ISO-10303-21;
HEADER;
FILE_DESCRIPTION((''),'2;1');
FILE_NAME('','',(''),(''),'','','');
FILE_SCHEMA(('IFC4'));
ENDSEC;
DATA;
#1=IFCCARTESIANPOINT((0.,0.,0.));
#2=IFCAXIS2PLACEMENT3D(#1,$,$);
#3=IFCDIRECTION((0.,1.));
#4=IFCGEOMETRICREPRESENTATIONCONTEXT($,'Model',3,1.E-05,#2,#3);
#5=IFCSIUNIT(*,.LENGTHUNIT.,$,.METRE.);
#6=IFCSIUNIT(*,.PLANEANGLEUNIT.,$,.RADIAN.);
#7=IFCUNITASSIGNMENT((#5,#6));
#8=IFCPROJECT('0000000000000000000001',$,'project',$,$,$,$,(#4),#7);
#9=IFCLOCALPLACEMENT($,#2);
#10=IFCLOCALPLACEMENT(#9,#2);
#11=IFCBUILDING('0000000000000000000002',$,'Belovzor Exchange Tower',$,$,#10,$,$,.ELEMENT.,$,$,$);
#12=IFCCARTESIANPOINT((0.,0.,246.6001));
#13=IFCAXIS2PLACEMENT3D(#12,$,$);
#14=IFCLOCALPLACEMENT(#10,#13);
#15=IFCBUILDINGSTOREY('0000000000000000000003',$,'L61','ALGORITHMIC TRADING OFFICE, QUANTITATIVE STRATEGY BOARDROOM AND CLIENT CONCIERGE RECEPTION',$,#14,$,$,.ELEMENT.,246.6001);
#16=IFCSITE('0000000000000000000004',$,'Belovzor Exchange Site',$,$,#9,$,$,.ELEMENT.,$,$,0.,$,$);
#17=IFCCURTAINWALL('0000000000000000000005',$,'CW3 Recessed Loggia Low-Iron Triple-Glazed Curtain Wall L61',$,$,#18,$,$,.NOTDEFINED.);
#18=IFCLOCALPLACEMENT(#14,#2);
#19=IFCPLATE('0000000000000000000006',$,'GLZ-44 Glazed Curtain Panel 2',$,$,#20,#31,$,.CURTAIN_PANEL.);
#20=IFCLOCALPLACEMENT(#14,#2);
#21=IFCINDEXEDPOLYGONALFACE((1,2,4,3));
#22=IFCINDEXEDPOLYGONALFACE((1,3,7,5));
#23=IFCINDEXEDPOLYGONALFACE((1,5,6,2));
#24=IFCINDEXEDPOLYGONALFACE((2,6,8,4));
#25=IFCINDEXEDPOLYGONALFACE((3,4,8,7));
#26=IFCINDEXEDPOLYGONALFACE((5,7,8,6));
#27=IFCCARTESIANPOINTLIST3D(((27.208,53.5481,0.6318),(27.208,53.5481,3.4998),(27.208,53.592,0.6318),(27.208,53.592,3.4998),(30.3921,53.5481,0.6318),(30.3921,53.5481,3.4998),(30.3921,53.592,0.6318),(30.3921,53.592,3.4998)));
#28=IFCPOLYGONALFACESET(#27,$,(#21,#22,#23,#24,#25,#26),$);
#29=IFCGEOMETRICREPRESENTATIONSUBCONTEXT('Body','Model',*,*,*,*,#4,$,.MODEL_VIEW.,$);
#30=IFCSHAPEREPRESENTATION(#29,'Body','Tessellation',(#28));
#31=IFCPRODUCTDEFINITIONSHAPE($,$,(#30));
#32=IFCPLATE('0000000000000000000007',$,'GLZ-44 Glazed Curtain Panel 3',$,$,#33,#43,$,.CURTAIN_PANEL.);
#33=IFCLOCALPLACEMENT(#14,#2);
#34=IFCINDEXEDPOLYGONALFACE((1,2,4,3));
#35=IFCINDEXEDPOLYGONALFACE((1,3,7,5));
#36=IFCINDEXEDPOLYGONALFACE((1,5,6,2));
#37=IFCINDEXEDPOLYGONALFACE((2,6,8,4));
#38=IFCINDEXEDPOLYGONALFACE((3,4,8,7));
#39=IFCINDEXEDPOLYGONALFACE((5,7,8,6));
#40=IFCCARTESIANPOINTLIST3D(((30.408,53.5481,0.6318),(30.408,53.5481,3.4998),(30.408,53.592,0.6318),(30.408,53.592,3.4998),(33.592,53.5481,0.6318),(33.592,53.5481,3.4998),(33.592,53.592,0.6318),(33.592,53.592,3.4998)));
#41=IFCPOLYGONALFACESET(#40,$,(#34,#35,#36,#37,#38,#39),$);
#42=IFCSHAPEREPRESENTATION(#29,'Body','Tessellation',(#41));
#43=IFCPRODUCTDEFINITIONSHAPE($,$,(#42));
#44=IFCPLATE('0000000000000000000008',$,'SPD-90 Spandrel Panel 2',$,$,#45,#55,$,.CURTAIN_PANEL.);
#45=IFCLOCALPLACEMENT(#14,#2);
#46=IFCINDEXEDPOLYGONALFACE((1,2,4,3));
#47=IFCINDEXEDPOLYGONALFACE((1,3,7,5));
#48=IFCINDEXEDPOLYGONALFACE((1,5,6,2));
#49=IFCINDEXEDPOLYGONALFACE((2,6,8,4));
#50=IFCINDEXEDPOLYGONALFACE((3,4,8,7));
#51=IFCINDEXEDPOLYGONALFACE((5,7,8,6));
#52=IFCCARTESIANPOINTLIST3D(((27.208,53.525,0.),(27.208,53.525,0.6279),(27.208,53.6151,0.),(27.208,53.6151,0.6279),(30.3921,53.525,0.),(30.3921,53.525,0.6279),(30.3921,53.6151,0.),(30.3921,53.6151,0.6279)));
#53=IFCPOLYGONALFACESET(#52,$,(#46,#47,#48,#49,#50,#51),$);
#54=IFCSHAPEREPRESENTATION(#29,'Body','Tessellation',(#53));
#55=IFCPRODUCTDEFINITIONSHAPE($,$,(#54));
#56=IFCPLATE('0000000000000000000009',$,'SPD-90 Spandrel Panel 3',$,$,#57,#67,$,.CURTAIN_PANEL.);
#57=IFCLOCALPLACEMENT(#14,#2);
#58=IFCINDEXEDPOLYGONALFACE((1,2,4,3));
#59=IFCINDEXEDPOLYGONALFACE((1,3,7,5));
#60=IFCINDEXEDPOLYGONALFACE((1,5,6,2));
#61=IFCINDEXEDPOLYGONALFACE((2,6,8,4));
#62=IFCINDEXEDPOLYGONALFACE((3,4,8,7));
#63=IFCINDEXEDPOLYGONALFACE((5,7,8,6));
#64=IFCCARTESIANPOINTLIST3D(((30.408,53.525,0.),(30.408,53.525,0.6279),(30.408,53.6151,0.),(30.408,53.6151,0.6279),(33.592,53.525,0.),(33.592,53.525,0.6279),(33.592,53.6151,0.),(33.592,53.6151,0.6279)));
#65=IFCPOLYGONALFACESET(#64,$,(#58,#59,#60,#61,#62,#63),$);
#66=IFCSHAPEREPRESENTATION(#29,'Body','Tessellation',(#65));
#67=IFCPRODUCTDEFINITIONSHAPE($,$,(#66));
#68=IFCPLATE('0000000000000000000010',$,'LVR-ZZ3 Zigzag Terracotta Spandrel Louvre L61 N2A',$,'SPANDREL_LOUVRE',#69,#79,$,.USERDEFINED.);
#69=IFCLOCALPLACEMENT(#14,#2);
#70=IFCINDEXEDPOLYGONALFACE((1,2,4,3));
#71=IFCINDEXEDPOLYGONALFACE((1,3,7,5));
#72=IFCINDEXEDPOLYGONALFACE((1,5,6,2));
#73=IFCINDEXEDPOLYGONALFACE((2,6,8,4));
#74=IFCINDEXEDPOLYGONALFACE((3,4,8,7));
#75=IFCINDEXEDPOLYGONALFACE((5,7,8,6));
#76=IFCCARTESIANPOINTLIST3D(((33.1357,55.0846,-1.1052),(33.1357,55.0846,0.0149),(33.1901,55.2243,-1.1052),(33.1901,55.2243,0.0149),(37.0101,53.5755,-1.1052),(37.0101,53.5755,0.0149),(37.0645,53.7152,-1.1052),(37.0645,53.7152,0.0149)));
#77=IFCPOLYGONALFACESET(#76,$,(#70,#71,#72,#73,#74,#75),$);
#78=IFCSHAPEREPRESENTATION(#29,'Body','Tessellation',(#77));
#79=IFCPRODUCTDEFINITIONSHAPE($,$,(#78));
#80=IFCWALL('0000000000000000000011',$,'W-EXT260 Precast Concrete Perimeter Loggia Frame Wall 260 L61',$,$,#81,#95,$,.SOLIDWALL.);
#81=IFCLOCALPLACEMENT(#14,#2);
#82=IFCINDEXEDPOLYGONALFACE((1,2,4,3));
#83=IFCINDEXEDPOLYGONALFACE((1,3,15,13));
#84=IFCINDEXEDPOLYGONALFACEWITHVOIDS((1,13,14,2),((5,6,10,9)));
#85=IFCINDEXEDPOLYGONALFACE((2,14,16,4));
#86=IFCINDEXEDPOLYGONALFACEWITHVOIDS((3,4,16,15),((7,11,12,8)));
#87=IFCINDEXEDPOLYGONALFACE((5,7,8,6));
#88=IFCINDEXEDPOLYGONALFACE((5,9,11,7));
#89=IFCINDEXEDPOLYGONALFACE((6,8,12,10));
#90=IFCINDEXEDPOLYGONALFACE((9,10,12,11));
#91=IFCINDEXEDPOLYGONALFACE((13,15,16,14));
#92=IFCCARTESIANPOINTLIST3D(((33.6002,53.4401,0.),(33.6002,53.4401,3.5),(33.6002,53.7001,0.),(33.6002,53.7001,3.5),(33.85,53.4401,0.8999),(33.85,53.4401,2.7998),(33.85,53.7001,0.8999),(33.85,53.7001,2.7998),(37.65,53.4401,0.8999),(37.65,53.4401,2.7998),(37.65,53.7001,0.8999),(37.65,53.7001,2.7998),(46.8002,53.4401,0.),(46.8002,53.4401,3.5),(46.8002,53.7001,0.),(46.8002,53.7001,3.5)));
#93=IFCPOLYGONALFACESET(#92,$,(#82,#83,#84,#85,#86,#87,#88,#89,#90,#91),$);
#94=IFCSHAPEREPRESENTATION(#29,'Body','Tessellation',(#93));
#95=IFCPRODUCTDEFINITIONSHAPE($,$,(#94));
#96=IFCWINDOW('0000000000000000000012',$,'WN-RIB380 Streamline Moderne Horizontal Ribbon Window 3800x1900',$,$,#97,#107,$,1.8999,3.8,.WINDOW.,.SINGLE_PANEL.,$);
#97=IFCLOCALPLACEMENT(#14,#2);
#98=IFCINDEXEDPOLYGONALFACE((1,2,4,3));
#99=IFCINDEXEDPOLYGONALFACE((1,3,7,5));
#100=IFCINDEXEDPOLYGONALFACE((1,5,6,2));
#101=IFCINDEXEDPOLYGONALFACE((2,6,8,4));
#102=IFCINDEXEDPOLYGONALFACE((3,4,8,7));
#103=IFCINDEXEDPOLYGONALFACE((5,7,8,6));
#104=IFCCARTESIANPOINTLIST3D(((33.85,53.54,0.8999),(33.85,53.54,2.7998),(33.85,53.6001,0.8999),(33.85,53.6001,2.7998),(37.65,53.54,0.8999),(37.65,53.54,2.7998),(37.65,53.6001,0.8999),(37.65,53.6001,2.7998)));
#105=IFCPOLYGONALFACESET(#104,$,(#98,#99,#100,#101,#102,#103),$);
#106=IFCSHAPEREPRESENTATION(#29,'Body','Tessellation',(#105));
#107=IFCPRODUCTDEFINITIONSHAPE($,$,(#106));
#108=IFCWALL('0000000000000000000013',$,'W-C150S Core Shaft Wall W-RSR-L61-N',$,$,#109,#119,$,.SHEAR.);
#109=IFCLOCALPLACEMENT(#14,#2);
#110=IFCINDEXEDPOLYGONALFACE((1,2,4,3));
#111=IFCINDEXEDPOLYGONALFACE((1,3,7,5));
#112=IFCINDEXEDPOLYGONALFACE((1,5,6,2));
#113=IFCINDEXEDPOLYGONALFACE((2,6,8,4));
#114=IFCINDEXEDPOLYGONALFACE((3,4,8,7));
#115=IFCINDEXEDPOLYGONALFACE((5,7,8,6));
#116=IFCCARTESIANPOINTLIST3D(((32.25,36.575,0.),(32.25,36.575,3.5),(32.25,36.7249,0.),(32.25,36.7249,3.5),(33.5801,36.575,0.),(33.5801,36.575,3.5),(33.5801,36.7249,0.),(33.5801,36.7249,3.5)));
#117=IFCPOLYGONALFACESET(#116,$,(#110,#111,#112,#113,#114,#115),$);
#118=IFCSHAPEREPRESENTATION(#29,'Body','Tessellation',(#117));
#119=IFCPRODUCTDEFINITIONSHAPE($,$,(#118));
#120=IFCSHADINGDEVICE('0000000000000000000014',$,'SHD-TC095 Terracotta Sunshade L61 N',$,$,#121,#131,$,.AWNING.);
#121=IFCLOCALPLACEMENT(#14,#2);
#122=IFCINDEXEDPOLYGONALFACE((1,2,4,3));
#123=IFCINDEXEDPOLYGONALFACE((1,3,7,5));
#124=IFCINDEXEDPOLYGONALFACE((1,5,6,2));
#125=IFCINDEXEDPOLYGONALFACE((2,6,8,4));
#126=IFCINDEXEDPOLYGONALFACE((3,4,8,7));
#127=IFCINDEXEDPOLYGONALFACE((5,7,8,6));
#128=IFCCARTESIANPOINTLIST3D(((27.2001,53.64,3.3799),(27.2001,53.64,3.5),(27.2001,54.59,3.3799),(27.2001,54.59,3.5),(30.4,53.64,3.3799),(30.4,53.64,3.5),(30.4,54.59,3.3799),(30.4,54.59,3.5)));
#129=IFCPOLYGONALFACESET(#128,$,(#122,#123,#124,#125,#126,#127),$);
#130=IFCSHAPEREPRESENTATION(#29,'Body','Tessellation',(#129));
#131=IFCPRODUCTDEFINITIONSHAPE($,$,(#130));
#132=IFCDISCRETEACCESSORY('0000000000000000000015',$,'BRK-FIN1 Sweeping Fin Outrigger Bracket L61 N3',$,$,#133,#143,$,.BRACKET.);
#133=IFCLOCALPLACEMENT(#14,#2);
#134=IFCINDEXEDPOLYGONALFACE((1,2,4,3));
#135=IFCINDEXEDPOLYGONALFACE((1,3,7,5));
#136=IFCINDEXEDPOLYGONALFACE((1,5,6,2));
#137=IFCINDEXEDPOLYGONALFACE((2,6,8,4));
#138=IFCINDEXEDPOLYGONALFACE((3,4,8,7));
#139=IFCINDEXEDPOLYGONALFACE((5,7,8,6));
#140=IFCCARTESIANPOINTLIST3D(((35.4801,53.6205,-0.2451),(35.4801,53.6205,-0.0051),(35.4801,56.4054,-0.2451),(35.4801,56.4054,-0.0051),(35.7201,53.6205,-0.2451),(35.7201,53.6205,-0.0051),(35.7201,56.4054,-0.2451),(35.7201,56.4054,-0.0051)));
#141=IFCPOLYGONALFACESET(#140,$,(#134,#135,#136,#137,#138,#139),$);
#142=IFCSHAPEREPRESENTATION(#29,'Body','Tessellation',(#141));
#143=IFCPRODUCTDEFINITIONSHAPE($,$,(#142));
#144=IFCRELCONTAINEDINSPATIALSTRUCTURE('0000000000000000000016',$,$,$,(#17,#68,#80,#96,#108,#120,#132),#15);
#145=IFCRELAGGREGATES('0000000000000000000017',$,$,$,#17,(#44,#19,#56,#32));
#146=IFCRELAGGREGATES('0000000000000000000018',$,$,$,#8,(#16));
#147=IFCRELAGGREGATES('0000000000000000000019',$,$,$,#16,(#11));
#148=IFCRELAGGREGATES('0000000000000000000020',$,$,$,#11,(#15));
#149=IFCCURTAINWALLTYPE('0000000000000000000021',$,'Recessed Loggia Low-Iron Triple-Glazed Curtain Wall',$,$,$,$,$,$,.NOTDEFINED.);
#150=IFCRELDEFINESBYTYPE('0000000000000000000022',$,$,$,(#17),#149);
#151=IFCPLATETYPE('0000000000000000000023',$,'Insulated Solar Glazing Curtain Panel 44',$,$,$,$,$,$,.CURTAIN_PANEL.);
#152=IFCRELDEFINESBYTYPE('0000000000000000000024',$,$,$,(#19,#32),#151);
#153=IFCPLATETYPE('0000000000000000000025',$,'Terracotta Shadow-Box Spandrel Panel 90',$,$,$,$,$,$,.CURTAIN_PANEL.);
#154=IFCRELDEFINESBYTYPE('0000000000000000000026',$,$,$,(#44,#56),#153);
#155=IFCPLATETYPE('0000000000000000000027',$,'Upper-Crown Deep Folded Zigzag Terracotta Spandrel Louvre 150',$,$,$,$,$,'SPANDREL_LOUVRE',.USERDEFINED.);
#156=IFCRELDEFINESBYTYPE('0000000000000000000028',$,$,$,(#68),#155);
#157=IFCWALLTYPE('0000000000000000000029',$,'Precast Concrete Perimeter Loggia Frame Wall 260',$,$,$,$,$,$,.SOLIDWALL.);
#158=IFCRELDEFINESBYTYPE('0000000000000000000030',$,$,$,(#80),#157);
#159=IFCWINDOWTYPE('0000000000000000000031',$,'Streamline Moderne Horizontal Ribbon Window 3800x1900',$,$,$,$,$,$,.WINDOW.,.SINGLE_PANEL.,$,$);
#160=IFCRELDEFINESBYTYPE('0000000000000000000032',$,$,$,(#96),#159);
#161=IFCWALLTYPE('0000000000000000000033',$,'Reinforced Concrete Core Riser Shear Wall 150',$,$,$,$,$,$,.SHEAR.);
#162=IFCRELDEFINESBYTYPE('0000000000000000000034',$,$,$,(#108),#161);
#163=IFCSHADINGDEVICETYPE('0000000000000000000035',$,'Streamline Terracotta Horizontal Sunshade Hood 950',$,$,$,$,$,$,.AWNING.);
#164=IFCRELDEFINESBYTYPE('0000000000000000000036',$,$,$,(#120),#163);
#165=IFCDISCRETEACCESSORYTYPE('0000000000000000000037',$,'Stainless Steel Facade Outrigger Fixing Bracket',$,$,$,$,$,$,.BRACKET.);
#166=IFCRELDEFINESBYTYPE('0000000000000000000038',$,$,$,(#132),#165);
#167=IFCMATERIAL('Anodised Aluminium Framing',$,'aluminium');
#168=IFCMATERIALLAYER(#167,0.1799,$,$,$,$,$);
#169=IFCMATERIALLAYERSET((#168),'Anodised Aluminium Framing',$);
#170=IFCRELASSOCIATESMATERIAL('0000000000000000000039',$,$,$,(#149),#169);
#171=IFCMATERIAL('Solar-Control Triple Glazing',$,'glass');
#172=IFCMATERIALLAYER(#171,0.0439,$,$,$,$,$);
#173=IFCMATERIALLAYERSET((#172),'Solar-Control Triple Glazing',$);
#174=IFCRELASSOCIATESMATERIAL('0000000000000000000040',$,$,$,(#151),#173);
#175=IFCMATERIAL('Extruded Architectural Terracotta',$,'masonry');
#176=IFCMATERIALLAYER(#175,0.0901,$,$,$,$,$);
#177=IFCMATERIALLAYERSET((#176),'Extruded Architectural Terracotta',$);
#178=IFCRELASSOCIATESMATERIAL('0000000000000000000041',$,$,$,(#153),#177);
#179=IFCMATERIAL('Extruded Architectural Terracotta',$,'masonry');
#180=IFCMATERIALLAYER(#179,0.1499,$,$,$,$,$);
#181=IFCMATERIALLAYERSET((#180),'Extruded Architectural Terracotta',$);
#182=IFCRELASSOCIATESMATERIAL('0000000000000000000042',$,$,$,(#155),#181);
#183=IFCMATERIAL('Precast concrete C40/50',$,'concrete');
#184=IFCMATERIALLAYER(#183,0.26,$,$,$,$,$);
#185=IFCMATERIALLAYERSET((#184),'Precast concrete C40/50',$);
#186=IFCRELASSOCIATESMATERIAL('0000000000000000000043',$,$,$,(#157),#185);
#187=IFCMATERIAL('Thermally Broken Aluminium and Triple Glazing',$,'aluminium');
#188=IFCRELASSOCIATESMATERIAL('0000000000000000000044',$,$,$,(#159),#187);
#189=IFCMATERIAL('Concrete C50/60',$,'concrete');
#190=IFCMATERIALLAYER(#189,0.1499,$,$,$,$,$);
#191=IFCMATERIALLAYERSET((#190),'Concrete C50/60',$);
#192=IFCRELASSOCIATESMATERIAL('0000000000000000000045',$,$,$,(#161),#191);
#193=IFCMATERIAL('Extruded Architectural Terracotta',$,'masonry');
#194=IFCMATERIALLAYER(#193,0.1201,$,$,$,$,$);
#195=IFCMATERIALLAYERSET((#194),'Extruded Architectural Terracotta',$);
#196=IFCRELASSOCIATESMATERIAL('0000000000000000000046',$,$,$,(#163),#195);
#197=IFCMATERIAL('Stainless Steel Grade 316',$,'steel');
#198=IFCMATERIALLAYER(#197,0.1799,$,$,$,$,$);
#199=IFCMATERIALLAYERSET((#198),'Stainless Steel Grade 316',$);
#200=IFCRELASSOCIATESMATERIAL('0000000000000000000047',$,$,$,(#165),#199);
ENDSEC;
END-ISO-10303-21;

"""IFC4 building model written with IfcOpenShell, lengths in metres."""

from ifc_helpers import new_model, si_unit, direction, frame, frame_2d, origin, origin_2d, place, context, subcontext, project, spatial, rectangle, extrude, material, layer, layer_set, type_object, element, fill, aggregate, save


model = new_model("IFC4")

# Units and contexts
model_context = context("Model", 3, precision=1e-05, world=origin(), true_north=direction((0.0, 1.0)))
body_context = subcontext(model_context, "Body", "Model", "MODEL_VIEW")
ifc_project = project(units=[si_unit("LENGTHUNIT", "METRE"), si_unit("PLANEANGLEUNIT", "RADIAN")], contexts=[model_context])

# Site, building, storey
site_placement = place(None, origin())
site = spatial("IfcSite", under=ifc_project, at=site_placement, Name="Belovzor Exchange Site", CompositionType="ELEMENT", RefElevation=0.0)
building_placement = place(site_placement, origin())
building = spatial("IfcBuilding", under=site, at=building_placement, Name="Belovzor Exchange Tower", CompositionType="ELEMENT")
storey_placement = place(building_placement, frame((0.0, 0.0, 246.6001)))
storey = spatial("IfcBuildingStorey", under=building, at=storey_placement, Name="L61", Description="ALGORITHMIC TRADING OFFICE, QUANTITATIVE STRATEGY BOARDROOM AND CLIENT CONCIERGE RECEPTION", CompositionType="ELEMENT", Elevation=246.6001)

# Curtain wall
ifc_material_1 = material(Name="Anodised Aluminium Framing", Category="aluminium")
ifc_layer_1 = layer(ifc_material_1, 0.1799)
ifc_layer_set_1 = layer_set([ifc_layer_1], Name="Anodised Aluminium Framing")
curtain_wall_type = type_object("IfcCurtainWallType", Name="Recessed Loggia Low-Iron Triple-Glazed Curtain Wall", PredefinedType="NOTDEFINED", material=ifc_layer_set_1)
curtain_wall_placement = place(storey_placement, origin())
curtain_wall = element("IfcCurtainWall", 1, at=curtain_wall_placement, inside=storey, type_object=curtain_wall_type, Name="CW3 Recessed Loggia Low-Iron Triple-Glazed Curtain Wall L61", PredefinedType="NOTDEFINED")

# Plates
ifc_material_2 = material(Name="Solar-Control Triple Glazing", Category="glass")
ifc_layer_2 = layer(ifc_material_2, 0.0439)
ifc_layer_set_2 = layer_set([ifc_layer_2], Name="Solar-Control Triple Glazing")
plate_type_1 = type_object("IfcPlateType", Name="Insulated Solar Glazing Curtain Panel 44", PredefinedType="CURTAIN_PANEL", material=ifc_layer_set_2)
plate_1_placement = place(storey_placement, frame((28.8, 53.5701, 0.6318), z_axis=(0.0, 0.0, 1.0), x_axis=(1.0, 0.0, 0.0)))
plate_1 = element("IfcPlate", 2, at=plate_1_placement, type_object=plate_type_1, Name="GLZ-44 Glazed Curtain Panel 2", PredefinedType="CURTAIN_PANEL", context=body_context, shape_type="SweptSolid", body=[
    extrude(rectangle(XDim=3.1841, YDim=0.0439, at=origin_2d()), origin(), (0.0, 0.0, 1.0), 2.8679),
])
plate_2_placement = place(storey_placement, frame((32.0, 53.5701, 0.6318), z_axis=(0.0, 0.0, 1.0), x_axis=(1.0, 0.0, 0.0)))
plate_2 = element("IfcPlate", 3, at=plate_2_placement, type_object=plate_type_1, Name="GLZ-44 Glazed Curtain Panel 3", PredefinedType="CURTAIN_PANEL", context=body_context, shape_type="SweptSolid", body=[
    extrude(rectangle(XDim=3.1841, YDim=0.0439, at=origin_2d()), origin(), (0.0, 0.0, 1.0), 2.8679),
])
ifc_material_3 = material(Name="Extruded Architectural Terracotta", Category="masonry")
ifc_layer_3 = layer(ifc_material_3, 0.0901)
ifc_layer_set_3 = layer_set([ifc_layer_3], Name="Extruded Architectural Terracotta")
plate_type_2 = type_object("IfcPlateType", Name="Terracotta Shadow-Box Spandrel Panel 90", PredefinedType="CURTAIN_PANEL", material=ifc_layer_set_3)
plate_3_placement = place(storey_placement, frame((28.8, 53.5701, 0.0), z_axis=(0.0, 0.0, 1.0), x_axis=(1.0, 0.0, 0.0)))
plate_3 = element("IfcPlate", 4, at=plate_3_placement, type_object=plate_type_2, Name="SPD-90 Spandrel Panel 2", PredefinedType="CURTAIN_PANEL", context=body_context, shape_type="SweptSolid", body=[
    extrude(rectangle(XDim=3.1841, YDim=0.0901, at=origin_2d()), origin(), (0.0, 0.0, 1.0), 0.6279),
])
plate_4_placement = place(storey_placement, frame((32.0, 53.5701, 0.0), z_axis=(0.0, 0.0, 1.0), x_axis=(1.0, 0.0, 0.0)))
plate_4 = element("IfcPlate", 5, at=plate_4_placement, type_object=plate_type_2, Name="SPD-90 Spandrel Panel 3", PredefinedType="CURTAIN_PANEL", context=body_context, shape_type="SweptSolid", body=[
    extrude(rectangle(XDim=3.1841, YDim=0.0901, at=origin_2d()), origin(), (0.0, 0.0, 1.0), 0.6279),
])
aggregate(curtain_wall, [plate_3, plate_1, plate_4, plate_2])
ifc_material_4 = material(Name="Extruded Architectural Terracotta", Category="masonry")
ifc_layer_4 = layer(ifc_material_4, 0.1499)
ifc_layer_set_4 = layer_set([ifc_layer_4], Name="Extruded Architectural Terracotta")
plate_type_3 = type_object("IfcPlateType", Name="Upper-Crown Deep Folded Zigzag Terracotta Spandrel Louvre 150", ElementType="SPANDREL_LOUVRE", PredefinedType="USERDEFINED", material=ifc_layer_set_4)
plate_5_placement = place(storey_placement, frame((35.1001, 54.3999, -1.1052), z_axis=(0.0, 0.0, 1.0), x_axis=(0.931818, -0.362926, 0.0)))
element("IfcPlate", 6, at=plate_5_placement, inside=storey, type_object=plate_type_3, Name="LVR-ZZ3 Zigzag Terracotta Spandrel Louvre L61 N2A", ObjectType="SPANDREL_LOUVRE", PredefinedType="USERDEFINED", context=body_context, shape_type="SweptSolid", body=[
    extrude(rectangle(XDim=4.158, YDim=0.1499, at=origin_2d()), origin(), (0.0, 0.0, 1.0), 1.1201),
])

# Wall, opening, window
ifc_material_5 = material(Name="Precast concrete C40/50", Category="concrete")
ifc_layer_5 = layer(ifc_material_5, 0.26)
ifc_layer_set_5 = layer_set([ifc_layer_5], Name="Precast concrete C40/50")
wall_type_1 = type_object("IfcWallType", Name="Precast Concrete Perimeter Loggia Frame Wall 260", PredefinedType="SOLIDWALL", material=ifc_layer_set_5)
wall_1_placement = place(storey_placement, frame((33.6001, 53.5701, 0.0), z_axis=(0.0, 0.0, 1.0), x_axis=(1.0, 0.0, 0.0)))
wall_1 = element("IfcWall", 7, at=wall_1_placement, inside=storey, type_object=wall_type_1, Name="W-EXT260 Precast Concrete Perimeter Loggia Frame Wall 260 L61", PredefinedType="SOLIDWALL", context=body_context, shape_type="SweptSolid", body=[
    extrude(rectangle(XDim=13.2, YDim=0.26, at=frame_2d((6.6001, 0.0))), origin(), (0.0, 0.0, 1.0), 3.5),
])
opening_placement = place(wall_1_placement, frame((0.25, 0.0, 0.8999)))
opening = element("IfcOpeningElement", 8, at=opening_placement, cuts=wall_1, PredefinedType="OPENING", context=body_context, shape_type="SweptSolid", body=[
    extrude(rectangle(XDim=3.8, YDim=1.8999, at=frame_2d((1.8999, 0.95))), frame((0.0, 0.1399, 0.0), z_axis=(0.0, -1.0, 0.0), x_axis=(1.0, 0.0, 0.0)), (0.0, 0.0, 1.0), 0.28),
])
ifc_material_6 = material(Name="Thermally Broken Aluminium and Triple Glazing", Category="aluminium")
window_type = type_object("IfcWindowType", Name="Streamline Moderne Horizontal Ribbon Window 3800x1900", PartitioningType="SINGLE_PANEL", PredefinedType="WINDOW", material=ifc_material_6)
window_placement = place(opening_placement, origin())
window = element("IfcWindow", 9, at=window_placement, inside=storey, type_object=window_type, Name="WN-RIB380 Streamline Moderne Horizontal Ribbon Window 3800x1900", OverallHeight=1.8999, OverallWidth=3.8, PartitioningType="SINGLE_PANEL", PredefinedType="WINDOW", context=body_context, shape_type="SweptSolid", body=[
    extrude(rectangle(XDim=3.8, YDim=1.8999, at=frame_2d((1.8999, 0.95))), frame((0.0, 0.03, 0.0), z_axis=(0.0, -1.0, 0.0), x_axis=(1.0, 0.0, 0.0)), (0.0, 0.0, 1.0), 0.0601),
])
fill(opening, window)

# Wall
ifc_material_7 = material(Name="Concrete C50/60", Category="concrete")
ifc_layer_6 = layer(ifc_material_7, 0.1499)
ifc_layer_set_6 = layer_set([ifc_layer_6], Name="Concrete C50/60")
wall_type_2 = type_object("IfcWallType", Name="Reinforced Concrete Core Riser Shear Wall 150", PredefinedType="SHEAR", material=ifc_layer_set_6)
wall_2_placement = place(storey_placement, frame((32.25, 36.6499, 0.0), z_axis=(0.0, 0.0, 1.0), x_axis=(1.0, 0.0, 0.0)))
element("IfcWall", 10, at=wall_2_placement, inside=storey, type_object=wall_type_2, Name="W-C150S Core Shaft Wall W-RSR-L61-N", PredefinedType="SHEAR", context=body_context, shape_type="SweptSolid", body=[
    extrude(rectangle(XDim=1.3301, YDim=0.1499, at=frame_2d((0.665, 0.0))), origin(), (0.0, 0.0, 1.0), 3.5),
])

# Shading device
ifc_material_8 = material(Name="Extruded Architectural Terracotta", Category="masonry")
ifc_layer_7 = layer(ifc_material_8, 0.1201)
ifc_layer_set_7 = layer_set([ifc_layer_7], Name="Extruded Architectural Terracotta")
shading_device_type = type_object("IfcShadingDeviceType", Name="Streamline Terracotta Horizontal Sunshade Hood 950", PredefinedType="AWNING", material=ifc_layer_set_7)
shading_device_placement = place(storey_placement, frame((28.8, 54.115, 3.3799), z_axis=(0.0, 0.0, 1.0), x_axis=(1.0, 0.0, 0.0)))
element("IfcShadingDevice", 11, at=shading_device_placement, inside=storey, type_object=shading_device_type, Name="SHD-TC095 Terracotta Sunshade L61 N", PredefinedType="AWNING", context=body_context, shape_type="SweptSolid", body=[
    extrude(rectangle(XDim=3.2, YDim=0.95, at=origin_2d()), origin(), (0.0, 0.0, 1.0), 0.1201),
])

# Discrete accessory
ifc_material_9 = material(Name="Stainless Steel Grade 316", Category="steel")
ifc_layer_8 = layer(ifc_material_9, 0.1799)
ifc_layer_set_8 = layer_set([ifc_layer_8], Name="Stainless Steel Grade 316")
discrete_accessory_type = type_object("IfcDiscreteAccessoryType", Name="Stainless Steel Facade Outrigger Fixing Bracket", PredefinedType="BRACKET", material=ifc_layer_set_8)
discrete_accessory_placement = place(storey_placement, frame((35.6001, 55.0129, -0.2451), z_axis=(0.0, 0.0, 1.0), x_axis=(0.0, 1.0, 0.0)))
element("IfcDiscreteAccessory", 12, at=discrete_accessory_placement, inside=storey, type_object=discrete_accessory_type, Name="BRK-FIN1 Sweeping Fin Outrigger Bracket L61 N3", PredefinedType="BRACKET", context=body_context, shape_type="SweptSolid", body=[
    extrude(rectangle(XDim=2.7849, YDim=0.24, at=origin_2d()), origin(), (0.0, 0.0, 1.0), 0.24),
])

save(model, "model.ifc")
